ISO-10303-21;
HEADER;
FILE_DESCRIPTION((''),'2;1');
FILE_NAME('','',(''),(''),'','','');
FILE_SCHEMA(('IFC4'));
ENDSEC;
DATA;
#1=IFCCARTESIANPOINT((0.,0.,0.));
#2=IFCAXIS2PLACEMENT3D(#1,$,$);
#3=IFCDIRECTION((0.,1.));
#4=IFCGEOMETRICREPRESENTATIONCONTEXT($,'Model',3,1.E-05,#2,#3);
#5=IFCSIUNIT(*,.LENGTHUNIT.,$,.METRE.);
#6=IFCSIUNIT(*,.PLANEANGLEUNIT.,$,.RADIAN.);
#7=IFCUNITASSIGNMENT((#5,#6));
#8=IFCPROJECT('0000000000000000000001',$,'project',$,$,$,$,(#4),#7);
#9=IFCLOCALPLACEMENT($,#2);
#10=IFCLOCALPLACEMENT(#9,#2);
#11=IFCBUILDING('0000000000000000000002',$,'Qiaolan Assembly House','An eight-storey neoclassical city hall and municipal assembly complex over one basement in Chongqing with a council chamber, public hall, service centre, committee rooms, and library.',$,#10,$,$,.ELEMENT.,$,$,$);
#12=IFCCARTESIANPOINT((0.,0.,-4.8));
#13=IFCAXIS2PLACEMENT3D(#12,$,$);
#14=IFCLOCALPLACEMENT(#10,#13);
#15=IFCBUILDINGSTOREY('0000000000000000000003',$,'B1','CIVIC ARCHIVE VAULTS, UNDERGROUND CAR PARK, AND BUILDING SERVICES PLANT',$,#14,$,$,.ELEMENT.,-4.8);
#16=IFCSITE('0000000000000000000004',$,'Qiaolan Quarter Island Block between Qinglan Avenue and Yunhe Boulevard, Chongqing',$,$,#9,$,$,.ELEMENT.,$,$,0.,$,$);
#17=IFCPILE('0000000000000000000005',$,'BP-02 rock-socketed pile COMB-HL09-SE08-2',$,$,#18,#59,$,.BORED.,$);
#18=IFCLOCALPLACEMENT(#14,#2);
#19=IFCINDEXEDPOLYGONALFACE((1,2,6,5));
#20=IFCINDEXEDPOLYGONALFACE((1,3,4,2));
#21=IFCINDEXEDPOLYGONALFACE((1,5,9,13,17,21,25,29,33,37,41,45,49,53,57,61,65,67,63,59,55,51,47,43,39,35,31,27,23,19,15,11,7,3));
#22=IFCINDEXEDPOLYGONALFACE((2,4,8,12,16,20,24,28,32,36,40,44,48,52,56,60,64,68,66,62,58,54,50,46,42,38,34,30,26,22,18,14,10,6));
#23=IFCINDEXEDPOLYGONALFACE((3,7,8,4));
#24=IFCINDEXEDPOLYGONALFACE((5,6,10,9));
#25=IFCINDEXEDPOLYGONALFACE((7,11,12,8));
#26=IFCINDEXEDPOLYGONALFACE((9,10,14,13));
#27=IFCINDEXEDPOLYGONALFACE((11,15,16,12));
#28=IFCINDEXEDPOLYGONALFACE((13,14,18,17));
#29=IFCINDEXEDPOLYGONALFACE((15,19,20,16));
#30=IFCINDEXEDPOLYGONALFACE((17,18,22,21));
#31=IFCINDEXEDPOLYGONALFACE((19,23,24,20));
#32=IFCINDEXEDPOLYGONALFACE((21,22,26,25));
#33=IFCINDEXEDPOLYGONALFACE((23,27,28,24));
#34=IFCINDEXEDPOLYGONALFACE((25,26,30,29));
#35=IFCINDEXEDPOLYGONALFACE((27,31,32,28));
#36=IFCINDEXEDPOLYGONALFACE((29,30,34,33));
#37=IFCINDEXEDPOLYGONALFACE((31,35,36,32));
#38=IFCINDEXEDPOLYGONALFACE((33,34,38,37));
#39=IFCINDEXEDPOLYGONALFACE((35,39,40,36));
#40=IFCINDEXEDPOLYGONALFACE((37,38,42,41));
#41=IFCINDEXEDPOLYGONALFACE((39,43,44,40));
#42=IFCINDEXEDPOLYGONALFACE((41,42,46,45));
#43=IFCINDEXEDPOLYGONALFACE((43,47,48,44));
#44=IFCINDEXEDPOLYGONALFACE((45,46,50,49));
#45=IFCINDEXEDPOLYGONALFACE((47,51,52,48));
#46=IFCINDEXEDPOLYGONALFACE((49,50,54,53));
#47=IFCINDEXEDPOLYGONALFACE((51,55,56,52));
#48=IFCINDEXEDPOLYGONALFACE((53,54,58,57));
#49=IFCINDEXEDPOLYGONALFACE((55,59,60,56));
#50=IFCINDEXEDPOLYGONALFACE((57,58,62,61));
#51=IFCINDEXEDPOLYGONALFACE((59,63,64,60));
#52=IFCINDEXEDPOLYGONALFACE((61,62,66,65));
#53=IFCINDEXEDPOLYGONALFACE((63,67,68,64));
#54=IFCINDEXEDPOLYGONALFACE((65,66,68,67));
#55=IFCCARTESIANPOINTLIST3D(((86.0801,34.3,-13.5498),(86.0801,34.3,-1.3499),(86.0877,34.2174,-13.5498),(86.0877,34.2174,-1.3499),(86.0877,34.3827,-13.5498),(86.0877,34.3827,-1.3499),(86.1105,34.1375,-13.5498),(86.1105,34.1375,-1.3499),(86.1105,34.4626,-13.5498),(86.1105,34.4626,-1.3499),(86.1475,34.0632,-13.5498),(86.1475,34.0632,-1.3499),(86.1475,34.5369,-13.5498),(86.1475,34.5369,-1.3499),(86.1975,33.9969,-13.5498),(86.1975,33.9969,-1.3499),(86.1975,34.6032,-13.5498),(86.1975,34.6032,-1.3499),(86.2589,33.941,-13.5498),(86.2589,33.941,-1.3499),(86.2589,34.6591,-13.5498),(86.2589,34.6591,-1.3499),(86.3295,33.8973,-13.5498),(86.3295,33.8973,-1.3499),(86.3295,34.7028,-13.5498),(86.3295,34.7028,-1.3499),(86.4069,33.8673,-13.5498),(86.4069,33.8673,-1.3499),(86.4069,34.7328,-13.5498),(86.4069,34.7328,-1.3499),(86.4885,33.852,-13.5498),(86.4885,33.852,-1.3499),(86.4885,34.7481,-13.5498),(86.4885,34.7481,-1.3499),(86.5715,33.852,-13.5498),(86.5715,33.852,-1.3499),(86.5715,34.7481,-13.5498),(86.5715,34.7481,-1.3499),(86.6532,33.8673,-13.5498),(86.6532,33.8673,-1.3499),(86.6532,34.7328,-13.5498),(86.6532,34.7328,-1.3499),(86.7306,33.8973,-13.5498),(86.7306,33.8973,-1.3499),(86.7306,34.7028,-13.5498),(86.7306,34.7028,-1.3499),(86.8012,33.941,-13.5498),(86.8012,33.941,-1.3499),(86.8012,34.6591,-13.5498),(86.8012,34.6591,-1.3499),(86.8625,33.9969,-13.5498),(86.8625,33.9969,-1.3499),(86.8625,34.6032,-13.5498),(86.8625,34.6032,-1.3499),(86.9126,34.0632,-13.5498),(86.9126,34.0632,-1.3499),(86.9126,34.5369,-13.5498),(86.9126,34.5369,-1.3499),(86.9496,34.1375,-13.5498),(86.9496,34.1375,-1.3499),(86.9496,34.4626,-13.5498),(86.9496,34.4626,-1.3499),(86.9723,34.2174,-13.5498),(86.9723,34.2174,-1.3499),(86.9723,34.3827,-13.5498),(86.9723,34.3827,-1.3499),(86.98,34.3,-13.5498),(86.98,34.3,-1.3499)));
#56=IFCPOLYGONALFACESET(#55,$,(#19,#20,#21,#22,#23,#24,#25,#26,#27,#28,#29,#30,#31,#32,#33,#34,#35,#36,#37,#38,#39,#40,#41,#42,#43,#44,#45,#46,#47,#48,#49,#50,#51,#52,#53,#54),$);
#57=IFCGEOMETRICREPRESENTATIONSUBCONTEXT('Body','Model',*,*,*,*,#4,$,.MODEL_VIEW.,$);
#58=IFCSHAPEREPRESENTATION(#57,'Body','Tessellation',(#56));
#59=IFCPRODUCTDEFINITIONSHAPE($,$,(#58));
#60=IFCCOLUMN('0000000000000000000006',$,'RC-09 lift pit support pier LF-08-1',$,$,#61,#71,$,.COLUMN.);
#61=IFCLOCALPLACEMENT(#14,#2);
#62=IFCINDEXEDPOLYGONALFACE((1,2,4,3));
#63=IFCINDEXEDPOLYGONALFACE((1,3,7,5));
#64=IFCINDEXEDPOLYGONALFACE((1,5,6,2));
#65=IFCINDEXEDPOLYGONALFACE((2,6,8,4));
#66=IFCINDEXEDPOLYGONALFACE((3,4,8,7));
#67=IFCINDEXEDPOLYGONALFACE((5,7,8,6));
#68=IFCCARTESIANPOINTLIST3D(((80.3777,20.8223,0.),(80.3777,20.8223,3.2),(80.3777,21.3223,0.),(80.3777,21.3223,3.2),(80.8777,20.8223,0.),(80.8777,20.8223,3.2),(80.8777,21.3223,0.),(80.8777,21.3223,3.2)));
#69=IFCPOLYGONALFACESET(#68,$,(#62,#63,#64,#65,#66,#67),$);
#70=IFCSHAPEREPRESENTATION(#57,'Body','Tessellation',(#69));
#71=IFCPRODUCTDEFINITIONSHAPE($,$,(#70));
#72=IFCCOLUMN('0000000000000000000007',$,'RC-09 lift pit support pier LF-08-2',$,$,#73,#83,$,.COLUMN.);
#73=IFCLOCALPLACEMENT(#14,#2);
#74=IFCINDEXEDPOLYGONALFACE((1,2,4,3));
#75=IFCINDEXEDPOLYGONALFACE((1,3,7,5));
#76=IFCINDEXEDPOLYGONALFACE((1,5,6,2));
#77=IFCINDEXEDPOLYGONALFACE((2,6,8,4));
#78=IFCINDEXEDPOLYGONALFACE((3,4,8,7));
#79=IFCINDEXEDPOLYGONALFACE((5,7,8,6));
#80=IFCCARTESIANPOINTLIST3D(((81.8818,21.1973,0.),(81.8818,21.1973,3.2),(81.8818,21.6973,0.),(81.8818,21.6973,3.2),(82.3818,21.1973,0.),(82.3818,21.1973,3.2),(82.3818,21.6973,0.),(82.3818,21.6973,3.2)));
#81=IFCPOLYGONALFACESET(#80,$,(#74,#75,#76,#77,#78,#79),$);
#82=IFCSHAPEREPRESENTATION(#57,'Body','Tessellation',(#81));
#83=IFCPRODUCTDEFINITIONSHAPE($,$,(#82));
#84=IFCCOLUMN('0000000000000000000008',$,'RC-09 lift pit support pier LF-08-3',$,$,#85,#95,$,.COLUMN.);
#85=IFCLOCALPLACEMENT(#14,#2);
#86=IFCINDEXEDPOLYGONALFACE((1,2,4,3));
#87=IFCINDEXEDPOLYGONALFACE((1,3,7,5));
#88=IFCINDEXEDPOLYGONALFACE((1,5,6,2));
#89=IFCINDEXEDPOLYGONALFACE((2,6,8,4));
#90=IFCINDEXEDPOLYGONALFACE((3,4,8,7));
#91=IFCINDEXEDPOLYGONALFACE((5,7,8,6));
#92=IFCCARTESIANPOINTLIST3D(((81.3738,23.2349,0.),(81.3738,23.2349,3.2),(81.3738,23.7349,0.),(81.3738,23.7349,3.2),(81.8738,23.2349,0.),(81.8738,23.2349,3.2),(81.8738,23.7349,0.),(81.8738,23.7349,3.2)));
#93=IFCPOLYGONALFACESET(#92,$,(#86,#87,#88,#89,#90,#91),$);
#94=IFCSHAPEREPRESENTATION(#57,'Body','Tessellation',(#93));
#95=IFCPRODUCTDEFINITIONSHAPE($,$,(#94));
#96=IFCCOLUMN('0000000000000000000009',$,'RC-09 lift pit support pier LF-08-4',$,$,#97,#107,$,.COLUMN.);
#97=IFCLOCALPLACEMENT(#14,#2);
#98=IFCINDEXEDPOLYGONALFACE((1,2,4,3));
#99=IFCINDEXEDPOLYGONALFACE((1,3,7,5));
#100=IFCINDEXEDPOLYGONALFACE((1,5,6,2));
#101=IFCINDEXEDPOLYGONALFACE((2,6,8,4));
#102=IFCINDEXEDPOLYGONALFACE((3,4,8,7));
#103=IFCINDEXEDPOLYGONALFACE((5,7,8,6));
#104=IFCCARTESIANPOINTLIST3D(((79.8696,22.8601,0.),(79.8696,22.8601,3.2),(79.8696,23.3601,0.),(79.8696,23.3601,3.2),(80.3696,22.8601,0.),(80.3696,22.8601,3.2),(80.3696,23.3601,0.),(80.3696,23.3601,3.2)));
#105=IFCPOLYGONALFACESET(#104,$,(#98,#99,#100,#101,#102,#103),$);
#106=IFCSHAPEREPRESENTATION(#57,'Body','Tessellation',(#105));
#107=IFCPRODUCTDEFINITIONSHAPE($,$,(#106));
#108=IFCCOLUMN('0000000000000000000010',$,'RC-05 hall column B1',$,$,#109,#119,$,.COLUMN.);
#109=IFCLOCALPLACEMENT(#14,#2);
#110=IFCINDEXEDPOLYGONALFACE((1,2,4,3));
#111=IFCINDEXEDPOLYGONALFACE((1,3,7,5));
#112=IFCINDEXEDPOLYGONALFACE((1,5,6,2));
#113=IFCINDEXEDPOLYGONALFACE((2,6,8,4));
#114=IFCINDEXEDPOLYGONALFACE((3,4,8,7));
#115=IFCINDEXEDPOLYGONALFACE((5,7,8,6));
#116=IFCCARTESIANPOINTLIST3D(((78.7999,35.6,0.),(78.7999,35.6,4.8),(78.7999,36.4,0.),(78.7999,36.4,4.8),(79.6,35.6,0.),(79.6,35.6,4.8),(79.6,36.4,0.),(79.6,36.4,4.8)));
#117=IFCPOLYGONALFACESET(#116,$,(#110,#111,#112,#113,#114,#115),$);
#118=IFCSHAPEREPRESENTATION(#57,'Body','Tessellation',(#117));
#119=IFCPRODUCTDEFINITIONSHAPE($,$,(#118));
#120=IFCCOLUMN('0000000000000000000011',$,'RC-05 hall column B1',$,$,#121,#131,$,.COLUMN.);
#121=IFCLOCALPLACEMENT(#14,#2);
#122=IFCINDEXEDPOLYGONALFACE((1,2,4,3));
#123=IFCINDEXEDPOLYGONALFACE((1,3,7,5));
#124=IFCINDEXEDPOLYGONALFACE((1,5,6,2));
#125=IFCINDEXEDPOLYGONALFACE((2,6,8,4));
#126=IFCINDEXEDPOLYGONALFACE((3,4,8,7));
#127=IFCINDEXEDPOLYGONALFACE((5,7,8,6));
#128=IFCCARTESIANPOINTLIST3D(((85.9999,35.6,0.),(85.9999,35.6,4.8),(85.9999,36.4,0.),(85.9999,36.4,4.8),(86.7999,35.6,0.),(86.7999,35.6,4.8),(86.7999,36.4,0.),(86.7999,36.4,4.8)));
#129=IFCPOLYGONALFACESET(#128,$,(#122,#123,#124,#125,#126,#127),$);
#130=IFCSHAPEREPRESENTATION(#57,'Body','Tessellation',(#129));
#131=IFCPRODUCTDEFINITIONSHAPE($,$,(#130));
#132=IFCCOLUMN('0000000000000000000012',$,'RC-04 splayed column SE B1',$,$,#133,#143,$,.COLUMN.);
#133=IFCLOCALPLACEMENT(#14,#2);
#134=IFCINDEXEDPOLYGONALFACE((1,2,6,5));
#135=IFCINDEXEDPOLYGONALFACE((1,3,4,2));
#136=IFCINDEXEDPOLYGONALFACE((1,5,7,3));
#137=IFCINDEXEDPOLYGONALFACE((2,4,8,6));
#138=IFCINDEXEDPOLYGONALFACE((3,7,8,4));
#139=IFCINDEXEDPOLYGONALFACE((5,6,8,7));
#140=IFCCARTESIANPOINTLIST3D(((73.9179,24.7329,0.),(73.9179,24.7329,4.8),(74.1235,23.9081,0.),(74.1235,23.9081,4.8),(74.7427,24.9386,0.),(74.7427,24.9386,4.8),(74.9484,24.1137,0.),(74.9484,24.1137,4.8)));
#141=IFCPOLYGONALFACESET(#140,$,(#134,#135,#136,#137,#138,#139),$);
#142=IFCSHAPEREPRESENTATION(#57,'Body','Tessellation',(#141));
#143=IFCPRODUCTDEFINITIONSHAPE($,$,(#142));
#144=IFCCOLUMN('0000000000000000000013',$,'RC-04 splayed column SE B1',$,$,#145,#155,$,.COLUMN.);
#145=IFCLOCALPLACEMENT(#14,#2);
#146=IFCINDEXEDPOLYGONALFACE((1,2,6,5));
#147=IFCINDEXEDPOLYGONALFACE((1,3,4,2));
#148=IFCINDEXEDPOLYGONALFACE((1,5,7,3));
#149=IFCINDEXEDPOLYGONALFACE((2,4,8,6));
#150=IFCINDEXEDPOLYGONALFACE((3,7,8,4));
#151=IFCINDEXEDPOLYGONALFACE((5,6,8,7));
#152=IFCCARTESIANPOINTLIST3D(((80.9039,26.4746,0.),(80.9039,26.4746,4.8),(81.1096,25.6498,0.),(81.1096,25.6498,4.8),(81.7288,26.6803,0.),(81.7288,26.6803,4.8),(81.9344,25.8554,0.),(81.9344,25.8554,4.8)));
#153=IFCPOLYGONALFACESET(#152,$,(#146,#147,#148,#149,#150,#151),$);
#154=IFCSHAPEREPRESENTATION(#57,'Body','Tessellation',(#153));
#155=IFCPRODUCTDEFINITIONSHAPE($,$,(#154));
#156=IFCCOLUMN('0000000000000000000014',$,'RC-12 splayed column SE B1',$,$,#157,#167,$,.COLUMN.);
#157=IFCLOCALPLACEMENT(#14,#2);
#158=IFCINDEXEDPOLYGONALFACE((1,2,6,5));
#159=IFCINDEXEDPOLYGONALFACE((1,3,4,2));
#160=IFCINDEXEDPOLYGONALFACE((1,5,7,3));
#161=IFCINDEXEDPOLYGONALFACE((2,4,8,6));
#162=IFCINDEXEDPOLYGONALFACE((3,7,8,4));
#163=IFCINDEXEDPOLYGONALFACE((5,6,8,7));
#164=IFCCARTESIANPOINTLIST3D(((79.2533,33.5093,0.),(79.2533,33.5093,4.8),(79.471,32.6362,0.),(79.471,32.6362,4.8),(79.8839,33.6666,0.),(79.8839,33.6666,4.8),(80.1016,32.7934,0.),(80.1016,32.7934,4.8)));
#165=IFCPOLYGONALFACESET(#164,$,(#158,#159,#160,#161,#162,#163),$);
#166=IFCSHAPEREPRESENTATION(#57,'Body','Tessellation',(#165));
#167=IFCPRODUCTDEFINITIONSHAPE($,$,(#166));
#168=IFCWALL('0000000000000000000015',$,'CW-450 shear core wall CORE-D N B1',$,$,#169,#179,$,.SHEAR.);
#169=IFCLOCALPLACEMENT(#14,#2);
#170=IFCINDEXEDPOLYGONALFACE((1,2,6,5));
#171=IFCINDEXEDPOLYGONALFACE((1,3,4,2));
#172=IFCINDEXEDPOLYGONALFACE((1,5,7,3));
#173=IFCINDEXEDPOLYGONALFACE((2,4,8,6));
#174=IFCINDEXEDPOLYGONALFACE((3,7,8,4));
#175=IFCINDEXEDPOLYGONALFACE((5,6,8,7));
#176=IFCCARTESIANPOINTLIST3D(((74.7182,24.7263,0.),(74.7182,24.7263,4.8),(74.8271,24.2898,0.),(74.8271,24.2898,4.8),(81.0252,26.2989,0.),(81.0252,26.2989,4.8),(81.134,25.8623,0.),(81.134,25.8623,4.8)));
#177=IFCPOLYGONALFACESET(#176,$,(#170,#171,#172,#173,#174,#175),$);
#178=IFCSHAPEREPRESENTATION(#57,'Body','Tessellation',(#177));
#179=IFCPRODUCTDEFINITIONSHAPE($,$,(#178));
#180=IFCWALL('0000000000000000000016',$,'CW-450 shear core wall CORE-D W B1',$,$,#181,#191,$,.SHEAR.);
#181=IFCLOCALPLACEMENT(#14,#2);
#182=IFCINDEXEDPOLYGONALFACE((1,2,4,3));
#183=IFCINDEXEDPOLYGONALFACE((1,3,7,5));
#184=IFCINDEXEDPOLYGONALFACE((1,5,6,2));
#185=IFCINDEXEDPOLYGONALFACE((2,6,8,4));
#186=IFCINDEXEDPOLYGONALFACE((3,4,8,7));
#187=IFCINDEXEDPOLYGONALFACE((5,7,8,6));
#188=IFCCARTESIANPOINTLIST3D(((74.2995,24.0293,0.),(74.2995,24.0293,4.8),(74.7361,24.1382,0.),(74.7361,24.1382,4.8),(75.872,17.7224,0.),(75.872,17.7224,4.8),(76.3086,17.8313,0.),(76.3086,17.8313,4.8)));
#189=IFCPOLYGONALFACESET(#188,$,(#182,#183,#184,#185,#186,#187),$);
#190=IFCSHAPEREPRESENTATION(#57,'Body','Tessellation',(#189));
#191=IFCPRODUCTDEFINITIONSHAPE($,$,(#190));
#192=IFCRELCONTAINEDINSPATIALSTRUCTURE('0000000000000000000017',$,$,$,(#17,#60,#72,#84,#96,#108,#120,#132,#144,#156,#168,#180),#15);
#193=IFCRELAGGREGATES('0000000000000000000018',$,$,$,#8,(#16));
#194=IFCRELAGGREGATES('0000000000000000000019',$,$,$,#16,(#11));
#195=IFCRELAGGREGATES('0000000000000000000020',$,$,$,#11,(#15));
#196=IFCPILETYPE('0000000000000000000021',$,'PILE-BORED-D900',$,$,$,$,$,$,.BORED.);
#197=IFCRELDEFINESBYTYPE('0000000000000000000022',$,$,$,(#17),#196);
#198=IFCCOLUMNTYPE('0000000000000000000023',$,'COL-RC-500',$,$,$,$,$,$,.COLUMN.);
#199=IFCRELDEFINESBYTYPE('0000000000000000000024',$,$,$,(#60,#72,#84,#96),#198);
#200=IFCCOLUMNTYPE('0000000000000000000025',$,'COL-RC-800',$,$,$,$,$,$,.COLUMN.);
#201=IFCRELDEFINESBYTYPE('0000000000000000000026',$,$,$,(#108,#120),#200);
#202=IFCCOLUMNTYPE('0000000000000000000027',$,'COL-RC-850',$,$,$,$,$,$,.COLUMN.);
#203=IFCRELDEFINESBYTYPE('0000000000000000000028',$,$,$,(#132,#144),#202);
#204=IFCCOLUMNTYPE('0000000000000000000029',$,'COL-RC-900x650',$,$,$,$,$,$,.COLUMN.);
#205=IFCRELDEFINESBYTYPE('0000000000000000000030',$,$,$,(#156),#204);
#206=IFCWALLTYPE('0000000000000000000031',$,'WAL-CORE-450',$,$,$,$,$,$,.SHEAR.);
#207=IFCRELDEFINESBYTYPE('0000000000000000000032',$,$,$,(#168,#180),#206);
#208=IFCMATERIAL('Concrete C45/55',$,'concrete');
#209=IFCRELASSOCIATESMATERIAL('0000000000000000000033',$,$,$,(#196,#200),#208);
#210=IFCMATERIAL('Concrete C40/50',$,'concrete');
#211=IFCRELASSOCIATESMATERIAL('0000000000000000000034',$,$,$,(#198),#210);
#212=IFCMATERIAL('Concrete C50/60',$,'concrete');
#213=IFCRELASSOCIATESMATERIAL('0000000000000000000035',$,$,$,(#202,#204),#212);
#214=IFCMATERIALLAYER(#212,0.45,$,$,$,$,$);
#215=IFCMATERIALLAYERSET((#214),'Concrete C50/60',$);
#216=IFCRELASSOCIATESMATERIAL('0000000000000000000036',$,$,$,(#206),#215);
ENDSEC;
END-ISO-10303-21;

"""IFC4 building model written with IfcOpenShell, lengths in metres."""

from ifc_helpers import new_model, si_unit, direction, frame, frame_2d, origin, origin_2d, place, context, subcontext, project, spatial, rectangle, circle, extrude, material, layer, layer_set, material_profile, profile_set, type_object, element, save


model = new_model("IFC4")

# Units and contexts
model_context = context("Model", 3, precision=1e-05, world=origin(), true_north=direction((0.0, 1.0)))
body_context = subcontext(model_context, "Body", "Model", "MODEL_VIEW")
ifc_project = project(units=[si_unit("LENGTHUNIT", "METRE"), si_unit("PLANEANGLEUNIT", "RADIAN")], contexts=[model_context])

# Site, building, storey
site_placement = place(None, origin())
site = spatial("IfcSite", under=ifc_project, at=site_placement, Name="Qiaolan Quarter Island Block between Qinglan Avenue and Yunhe Boulevard, Chongqing", CompositionType="ELEMENT", RefElevation=0.0)
building_placement = place(site_placement, origin())
building = spatial("IfcBuilding", under=site, at=building_placement, Name="Qiaolan Assembly House", Description="An eight-storey neoclassical city hall and municipal assembly complex over one basement in Chongqing with a council chamber, public hall, service centre, committee rooms, and library.", CompositionType="ELEMENT")
storey_placement = place(building_placement, frame((0.0, 0.0, -4.8)))
storey = spatial("IfcBuildingStorey", under=building, at=storey_placement, Name="B1", Description="CIVIC ARCHIVE VAULTS, UNDERGROUND CAR PARK, AND BUILDING SERVICES PLANT", CompositionType="ELEMENT", Elevation=-4.8)

# Shared definitions
ifc_material_1 = material(Name="Concrete C40/50", Category="concrete")

# Pile
ifc_material_2 = material(Name="Concrete C45/55", Category="concrete")
ifc_material_profile_1 = material_profile(ifc_material_2, circle(Radius=0.45, at=origin_2d()), Name="PILE D900")
ifc_profile_set_1 = profile_set([ifc_material_profile_1], Name="Concrete C45/55")
pile_type_1 = type_object("IfcPileType", Name="PILE-BORED-D900", PredefinedType="BORED", material=ifc_profile_set_1)
for number, where, z_axis, x_axis, name in (
    (1, (86.53, 34.3, -1.3499), (0.0, 0.0, -1.0), (1.0, 0.0, 0.0), "BP-02 rock-socketed pile COMB-HL09-SE08-2"),
):
    element("IfcPile", number, at=place(storey_placement, frame(where, z_axis=z_axis, x_axis=x_axis)), inside=storey, type_object=pile_type_1, Name=name, PredefinedType="BORED", context=body_context, shape_type="SweptSolid", body=[
        extrude(circle(Radius=0.45, at=origin_2d()), origin(), (0.0, 0.0, 1.0), 12.2),
    ])

# Columns
ifc_material_profile_2 = material_profile(ifc_material_1, rectangle(XDim=0.5, YDim=0.5, at=origin_2d()), Name="RC 500x500")
ifc_profile_set_2 = profile_set([ifc_material_profile_2], Name="Concrete C40/50")
column_type_1 = type_object("IfcColumnType", Name="COL-RC-500", PredefinedType="COLUMN", material=ifc_profile_set_2)
for number, where, z_axis, x_axis, name in (
    (2, (80.6277, 21.0723, 0.0), (0.0, 0.0, 1.0), (1.0, 0.0, 0.0), "RC-09 lift pit support pier LF-08-1"),
    (3, (82.1318, 21.4473, 0.0), (0.0, 0.0, 1.0), (1.0, 0.0, 0.0), "RC-09 lift pit support pier LF-08-2"),
    (4, (81.6238, 23.4849, 0.0), (0.0, 0.0, 1.0), (1.0, 0.0, 0.0), "RC-09 lift pit support pier LF-08-3"),
    (5, (80.1196, 23.1101, 0.0), (0.0, 0.0, 1.0), (1.0, 0.0, 0.0), "RC-09 lift pit support pier LF-08-4"),
):
    element("IfcColumn", number, at=place(storey_placement, frame(where, z_axis=z_axis, x_axis=x_axis)), inside=storey, type_object=column_type_1, Name=name, PredefinedType="COLUMN", context=body_context, shape_type="SweptSolid", body=[
        extrude(rectangle(XDim=0.5, YDim=0.5, at=origin_2d()), origin(), (0.0, 0.0, 1.0), 3.2),
    ])
ifc_material_profile_3 = material_profile(ifc_material_2, rectangle(XDim=0.8, YDim=0.8, at=origin_2d()), Name="RC 800x800")
ifc_profile_set_3 = profile_set([ifc_material_profile_3], Name="Concrete C45/55")
column_type_2 = type_object("IfcColumnType", Name="COL-RC-800", PredefinedType="COLUMN", material=ifc_profile_set_3)
for number, where, z_axis, x_axis, name in (
    (6, (79.2, 36.0, 0.0), (0.0, 0.0, 1.0), (1.0, 0.0, 0.0), "RC-05 hall column B1"),
    (7, (86.3999, 36.0, 0.0), (0.0, 0.0, 1.0), (1.0, 0.0, 0.0), "RC-05 hall column B1"),
):
    element("IfcColumn", number, at=place(storey_placement, frame(where, z_axis=z_axis, x_axis=x_axis)), inside=storey, type_object=column_type_2, Name=name, PredefinedType="COLUMN", context=body_context, shape_type="SweptSolid", body=[
        extrude(rectangle(XDim=0.8, YDim=0.8, at=origin_2d()), origin(), (0.0, 0.0, 1.0), 4.8),
    ])
ifc_material_3 = material(Name="Concrete C50/60", Category="concrete")
ifc_material_profile_4 = material_profile(ifc_material_3, rectangle(XDim=0.8501, YDim=0.8501, at=origin_2d()), Name="RC 850x850")
ifc_profile_set_4 = profile_set([ifc_material_profile_4], Name="Concrete C50/60")
column_type_3 = type_object("IfcColumnType", Name="COL-RC-850", PredefinedType="COLUMN", material=ifc_profile_set_4)
for number, where, z_axis, x_axis, name in (
    (8, (74.4331, 24.4233, 0.0), (0.0, 0.0, 1.0), (0.970296, 0.241922, 0.0), "RC-04 splayed column SE B1"),
    (9, (81.4192, 26.165, 0.0), (0.0, 0.0, 1.0), (0.970296, 0.241922, 0.0), "RC-04 splayed column SE B1"),
):
    element("IfcColumn", number, at=place(storey_placement, frame(where, z_axis=z_axis, x_axis=x_axis)), inside=storey, type_object=column_type_3, Name=name, PredefinedType="COLUMN", context=body_context, shape_type="SweptSolid", body=[
        extrude(rectangle(XDim=0.8501, YDim=0.8501, at=origin_2d()), origin(), (0.0, 0.0, 1.0), 4.8),
    ])
ifc_material_profile_5 = material_profile(ifc_material_3, rectangle(XDim=0.6499, YDim=0.8999, at=origin_2d()), Name="RC 900x650")
ifc_profile_set_5 = profile_set([ifc_material_profile_5], Name="Concrete C50/60")
column_type_4 = type_object("IfcColumnType", Name="COL-RC-900x650", PredefinedType="COLUMN", material=ifc_profile_set_5)
column_placement = place(storey_placement, frame((79.6775, 33.1514, 0.0), z_axis=(0.0, 0.0, 1.0), x_axis=(0.970296, 0.241922, 0.0)))
element("IfcColumn", 10, at=column_placement, inside=storey, type_object=column_type_4, Name="RC-12 splayed column SE B1", PredefinedType="COLUMN", context=body_context, shape_type="SweptSolid", body=[
    extrude(rectangle(XDim=0.6499, YDim=0.8999, at=origin_2d()), origin(), (0.0, 0.0, 1.0), 4.8),
])

# Walls
ifc_layer = layer(ifc_material_3, 0.45)
ifc_layer_set = layer_set([ifc_layer], Name="Concrete C50/60")
wall_type = type_object("IfcWallType", Name="WAL-CORE-450", PredefinedType="SHEAR", material=ifc_layer_set)
for number, where, z_axis, x_axis, name in (
    (11, (81.0796, 26.0806, 0.0), (0.0, 0.0, 1.0), (-0.970295, -0.241926, 0.0), "CW-450 shear core wall CORE-D N B1"),
    (12, (74.5178, 24.0837, 0.0), (0.0, 0.0, 1.0), (0.241926, -0.970295, 0.0), "CW-450 shear core wall CORE-D W B1"),
):
    element("IfcWall", number, at=place(storey_placement, frame(where, z_axis=z_axis, x_axis=x_axis)), inside=storey, type_object=wall_type, Name=name, PredefinedType="SHEAR", context=body_context, shape_type="SweptSolid", body=[
        extrude(rectangle(XDim=6.5, YDim=0.45, at=frame_2d((3.25, 0.0))), origin(), (0.0, 0.0, 1.0), 4.8),
    ])

save(model, "model.ifc")
